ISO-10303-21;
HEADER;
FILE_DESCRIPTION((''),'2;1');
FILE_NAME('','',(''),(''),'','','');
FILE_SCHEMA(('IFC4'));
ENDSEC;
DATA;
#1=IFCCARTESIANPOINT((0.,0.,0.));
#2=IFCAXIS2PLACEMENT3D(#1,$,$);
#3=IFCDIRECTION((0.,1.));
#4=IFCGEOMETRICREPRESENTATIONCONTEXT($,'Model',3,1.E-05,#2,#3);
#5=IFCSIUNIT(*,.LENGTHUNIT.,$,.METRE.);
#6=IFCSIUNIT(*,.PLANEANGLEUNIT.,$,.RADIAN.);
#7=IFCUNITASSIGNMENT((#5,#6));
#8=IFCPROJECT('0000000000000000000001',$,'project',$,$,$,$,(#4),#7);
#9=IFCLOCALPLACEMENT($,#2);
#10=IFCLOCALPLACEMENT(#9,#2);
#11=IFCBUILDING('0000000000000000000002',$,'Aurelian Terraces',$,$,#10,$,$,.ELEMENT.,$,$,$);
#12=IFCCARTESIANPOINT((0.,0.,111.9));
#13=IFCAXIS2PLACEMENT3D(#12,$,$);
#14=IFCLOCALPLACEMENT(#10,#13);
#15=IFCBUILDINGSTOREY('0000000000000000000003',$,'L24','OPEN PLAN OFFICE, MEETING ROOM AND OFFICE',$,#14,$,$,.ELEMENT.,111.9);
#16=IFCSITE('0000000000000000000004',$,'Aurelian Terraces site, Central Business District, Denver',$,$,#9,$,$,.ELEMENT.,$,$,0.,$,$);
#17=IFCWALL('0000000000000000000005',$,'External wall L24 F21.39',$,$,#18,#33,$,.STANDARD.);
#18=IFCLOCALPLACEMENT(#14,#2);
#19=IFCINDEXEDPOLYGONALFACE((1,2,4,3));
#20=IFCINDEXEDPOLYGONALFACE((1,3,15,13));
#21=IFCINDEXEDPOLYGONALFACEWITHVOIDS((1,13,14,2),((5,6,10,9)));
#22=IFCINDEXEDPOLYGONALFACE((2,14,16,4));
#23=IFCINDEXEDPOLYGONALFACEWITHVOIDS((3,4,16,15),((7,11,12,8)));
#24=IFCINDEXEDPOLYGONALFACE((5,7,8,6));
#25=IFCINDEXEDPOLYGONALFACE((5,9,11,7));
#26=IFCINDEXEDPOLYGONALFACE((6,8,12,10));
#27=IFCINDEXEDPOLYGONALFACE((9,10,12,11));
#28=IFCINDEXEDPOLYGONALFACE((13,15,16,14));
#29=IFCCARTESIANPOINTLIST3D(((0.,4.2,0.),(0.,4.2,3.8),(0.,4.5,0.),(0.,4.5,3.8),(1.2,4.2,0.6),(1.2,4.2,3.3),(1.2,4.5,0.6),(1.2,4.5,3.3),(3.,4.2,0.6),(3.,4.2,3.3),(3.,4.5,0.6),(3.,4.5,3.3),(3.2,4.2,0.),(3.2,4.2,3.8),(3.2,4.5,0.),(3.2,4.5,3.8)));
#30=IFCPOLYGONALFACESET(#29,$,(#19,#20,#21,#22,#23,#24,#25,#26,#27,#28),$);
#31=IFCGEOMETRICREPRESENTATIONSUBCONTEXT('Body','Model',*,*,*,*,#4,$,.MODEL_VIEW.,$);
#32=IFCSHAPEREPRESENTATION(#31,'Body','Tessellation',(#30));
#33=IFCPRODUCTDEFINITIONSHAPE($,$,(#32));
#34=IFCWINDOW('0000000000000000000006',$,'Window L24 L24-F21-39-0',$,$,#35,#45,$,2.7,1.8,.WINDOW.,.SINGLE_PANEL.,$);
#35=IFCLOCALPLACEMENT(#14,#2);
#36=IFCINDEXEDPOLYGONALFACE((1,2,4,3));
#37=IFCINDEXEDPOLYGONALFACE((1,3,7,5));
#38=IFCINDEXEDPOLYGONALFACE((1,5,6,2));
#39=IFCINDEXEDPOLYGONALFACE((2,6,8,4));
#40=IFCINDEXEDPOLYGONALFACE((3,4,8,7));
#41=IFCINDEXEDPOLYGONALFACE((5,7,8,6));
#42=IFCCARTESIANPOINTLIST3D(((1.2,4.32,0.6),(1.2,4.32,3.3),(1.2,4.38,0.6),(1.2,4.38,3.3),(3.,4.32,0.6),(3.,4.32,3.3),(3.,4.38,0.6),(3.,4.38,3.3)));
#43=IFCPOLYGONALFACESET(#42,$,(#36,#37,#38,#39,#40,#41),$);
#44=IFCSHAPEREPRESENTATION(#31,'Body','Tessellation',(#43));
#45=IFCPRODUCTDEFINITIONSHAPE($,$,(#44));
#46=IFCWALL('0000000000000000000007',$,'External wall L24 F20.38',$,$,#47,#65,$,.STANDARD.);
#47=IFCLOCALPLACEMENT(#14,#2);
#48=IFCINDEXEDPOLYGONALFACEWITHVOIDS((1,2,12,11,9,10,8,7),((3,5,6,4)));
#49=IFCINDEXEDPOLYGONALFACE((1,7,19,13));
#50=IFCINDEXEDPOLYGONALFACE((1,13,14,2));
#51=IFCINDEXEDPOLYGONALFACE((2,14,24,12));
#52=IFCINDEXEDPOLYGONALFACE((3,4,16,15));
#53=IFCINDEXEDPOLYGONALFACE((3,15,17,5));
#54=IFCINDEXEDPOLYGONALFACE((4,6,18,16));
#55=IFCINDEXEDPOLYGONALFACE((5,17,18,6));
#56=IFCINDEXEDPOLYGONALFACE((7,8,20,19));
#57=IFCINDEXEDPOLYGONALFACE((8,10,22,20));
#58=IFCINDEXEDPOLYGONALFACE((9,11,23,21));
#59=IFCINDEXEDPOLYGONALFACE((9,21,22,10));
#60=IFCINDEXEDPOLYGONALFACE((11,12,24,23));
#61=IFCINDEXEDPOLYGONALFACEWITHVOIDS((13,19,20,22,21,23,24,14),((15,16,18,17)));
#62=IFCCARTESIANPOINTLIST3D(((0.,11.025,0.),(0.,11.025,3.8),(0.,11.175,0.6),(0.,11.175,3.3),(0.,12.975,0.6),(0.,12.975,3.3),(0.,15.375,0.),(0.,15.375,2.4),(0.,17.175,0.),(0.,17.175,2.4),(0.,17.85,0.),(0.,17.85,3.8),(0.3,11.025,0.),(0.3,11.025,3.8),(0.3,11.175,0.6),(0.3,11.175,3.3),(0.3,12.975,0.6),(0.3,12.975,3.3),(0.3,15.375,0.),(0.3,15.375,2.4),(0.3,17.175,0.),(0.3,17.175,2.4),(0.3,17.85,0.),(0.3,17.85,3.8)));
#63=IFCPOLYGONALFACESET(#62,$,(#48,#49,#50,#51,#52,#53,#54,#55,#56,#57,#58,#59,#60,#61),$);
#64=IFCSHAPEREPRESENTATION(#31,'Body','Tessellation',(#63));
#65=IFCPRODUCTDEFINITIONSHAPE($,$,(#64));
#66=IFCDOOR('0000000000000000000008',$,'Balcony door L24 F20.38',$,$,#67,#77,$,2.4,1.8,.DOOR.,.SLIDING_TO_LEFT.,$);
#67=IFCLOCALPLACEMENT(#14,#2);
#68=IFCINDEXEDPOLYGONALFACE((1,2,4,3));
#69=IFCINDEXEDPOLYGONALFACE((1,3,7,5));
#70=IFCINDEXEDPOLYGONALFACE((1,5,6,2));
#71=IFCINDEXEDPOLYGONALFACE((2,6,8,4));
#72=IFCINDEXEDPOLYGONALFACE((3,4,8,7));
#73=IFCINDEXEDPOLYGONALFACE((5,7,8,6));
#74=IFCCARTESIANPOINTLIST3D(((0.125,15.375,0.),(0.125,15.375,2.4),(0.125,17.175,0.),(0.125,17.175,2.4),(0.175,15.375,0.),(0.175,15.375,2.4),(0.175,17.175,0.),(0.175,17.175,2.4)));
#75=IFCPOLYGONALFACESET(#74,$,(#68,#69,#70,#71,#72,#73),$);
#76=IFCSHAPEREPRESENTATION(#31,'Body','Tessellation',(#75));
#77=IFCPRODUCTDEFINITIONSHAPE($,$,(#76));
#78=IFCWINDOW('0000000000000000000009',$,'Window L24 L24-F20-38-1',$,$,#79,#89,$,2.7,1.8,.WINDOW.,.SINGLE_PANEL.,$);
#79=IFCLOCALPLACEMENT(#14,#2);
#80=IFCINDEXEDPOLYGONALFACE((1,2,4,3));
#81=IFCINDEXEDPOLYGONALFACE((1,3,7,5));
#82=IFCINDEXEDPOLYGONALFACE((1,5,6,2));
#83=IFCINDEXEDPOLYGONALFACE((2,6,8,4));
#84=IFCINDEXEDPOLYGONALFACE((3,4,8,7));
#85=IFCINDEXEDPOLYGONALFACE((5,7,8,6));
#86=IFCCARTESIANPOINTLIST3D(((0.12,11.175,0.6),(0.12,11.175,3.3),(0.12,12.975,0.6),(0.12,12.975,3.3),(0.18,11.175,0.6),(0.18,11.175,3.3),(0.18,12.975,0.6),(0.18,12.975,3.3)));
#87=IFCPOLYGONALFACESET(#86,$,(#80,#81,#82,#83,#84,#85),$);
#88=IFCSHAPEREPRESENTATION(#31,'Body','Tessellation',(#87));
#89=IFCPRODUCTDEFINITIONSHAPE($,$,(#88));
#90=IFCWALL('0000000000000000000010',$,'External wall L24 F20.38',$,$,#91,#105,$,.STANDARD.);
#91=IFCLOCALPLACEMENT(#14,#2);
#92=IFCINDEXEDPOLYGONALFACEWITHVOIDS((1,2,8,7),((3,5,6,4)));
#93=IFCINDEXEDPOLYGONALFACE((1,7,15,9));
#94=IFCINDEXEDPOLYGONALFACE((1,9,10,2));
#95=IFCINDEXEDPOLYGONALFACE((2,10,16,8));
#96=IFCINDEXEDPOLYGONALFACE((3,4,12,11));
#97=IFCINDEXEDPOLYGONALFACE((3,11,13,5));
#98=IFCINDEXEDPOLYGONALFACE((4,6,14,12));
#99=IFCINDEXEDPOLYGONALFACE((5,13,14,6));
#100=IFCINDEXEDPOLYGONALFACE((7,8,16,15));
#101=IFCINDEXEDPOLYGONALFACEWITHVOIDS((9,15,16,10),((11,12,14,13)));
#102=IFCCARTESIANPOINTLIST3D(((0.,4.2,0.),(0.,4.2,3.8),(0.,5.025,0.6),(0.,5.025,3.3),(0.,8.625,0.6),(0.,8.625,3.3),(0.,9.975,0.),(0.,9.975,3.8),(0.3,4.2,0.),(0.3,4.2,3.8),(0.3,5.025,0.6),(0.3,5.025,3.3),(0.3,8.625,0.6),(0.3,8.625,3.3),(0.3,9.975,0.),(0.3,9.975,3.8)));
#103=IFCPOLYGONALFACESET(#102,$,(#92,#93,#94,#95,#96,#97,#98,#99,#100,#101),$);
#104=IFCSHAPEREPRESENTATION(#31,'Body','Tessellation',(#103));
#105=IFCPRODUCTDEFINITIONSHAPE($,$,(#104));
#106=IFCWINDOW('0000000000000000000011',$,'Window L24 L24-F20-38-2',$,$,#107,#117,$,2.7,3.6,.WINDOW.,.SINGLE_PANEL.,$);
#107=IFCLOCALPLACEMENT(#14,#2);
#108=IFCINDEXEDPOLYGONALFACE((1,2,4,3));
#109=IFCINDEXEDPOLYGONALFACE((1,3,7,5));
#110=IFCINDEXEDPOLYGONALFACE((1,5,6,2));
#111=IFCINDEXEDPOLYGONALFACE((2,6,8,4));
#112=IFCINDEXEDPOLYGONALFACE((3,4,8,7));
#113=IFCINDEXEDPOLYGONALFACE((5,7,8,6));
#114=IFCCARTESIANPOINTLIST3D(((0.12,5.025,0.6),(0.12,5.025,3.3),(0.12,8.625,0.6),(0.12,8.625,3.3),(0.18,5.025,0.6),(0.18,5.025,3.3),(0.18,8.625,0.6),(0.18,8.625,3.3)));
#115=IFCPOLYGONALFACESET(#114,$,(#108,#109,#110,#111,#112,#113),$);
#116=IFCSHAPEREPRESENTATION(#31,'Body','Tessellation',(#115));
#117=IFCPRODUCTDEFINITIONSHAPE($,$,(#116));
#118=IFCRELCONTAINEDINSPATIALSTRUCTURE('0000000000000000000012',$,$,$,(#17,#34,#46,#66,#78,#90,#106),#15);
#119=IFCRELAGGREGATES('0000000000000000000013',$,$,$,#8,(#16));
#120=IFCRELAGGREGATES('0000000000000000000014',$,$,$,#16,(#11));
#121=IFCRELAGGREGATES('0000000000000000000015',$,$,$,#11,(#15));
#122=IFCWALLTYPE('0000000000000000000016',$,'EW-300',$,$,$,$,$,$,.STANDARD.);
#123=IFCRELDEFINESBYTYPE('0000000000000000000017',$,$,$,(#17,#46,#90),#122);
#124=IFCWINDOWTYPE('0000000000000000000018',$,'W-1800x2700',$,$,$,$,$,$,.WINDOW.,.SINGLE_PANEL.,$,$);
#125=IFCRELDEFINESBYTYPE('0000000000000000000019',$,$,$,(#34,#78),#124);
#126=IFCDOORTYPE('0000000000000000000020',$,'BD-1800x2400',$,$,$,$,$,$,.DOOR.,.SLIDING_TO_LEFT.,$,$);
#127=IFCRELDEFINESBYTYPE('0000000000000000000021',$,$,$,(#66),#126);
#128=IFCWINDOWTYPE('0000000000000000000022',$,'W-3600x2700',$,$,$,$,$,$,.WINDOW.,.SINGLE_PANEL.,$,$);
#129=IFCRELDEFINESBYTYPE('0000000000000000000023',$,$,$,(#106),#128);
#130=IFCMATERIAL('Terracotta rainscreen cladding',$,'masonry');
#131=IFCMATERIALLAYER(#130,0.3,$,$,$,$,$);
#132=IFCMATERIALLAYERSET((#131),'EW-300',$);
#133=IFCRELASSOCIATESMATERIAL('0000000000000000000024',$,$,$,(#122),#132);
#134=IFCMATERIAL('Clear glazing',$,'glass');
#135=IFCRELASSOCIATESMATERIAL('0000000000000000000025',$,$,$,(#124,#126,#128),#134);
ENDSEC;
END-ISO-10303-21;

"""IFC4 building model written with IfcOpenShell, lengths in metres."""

from ifc_helpers import new_model, si_unit, direction, frame, frame_2d, origin, place, context, subcontext, project, spatial, rectangle, extrude, source, transform, mapped, material, layer, layer_set, type_object, element, fill, save


model = new_model("IFC4")

# Units and contexts
model_context = context("Model", 3, precision=1e-05, world=origin(), true_north=direction((0.0, 1.0)))
body_context = subcontext(model_context, "Body", "Model", "MODEL_VIEW")
ifc_project = project(units=[si_unit("LENGTHUNIT", "METRE"), si_unit("PLANEANGLEUNIT", "RADIAN")], contexts=[model_context])

# Site, building, storey
site_placement = place(None, origin())
site = spatial("IfcSite", under=ifc_project, at=site_placement, Name="Aurelian Terraces site, Central Business District, Denver", CompositionType="ELEMENT", RefElevation=0.0)
building_placement = place(site_placement, origin())
building = spatial("IfcBuilding", under=site, at=building_placement, Name="Aurelian Terraces", CompositionType="ELEMENT")
storey_placement = place(building_placement, frame((0.0, 0.0, 111.9)))
storey = spatial("IfcBuildingStorey", under=building, at=storey_placement, Name="L24", Description="OPEN PLAN OFFICE, MEETING ROOM AND OFFICE", CompositionType="ELEMENT", Elevation=111.9)

# Wall, opening, window
ifc_material_1 = material(Name="Terracotta rainscreen cladding", Category="masonry")
ifc_layer_1 = layer(ifc_material_1, 0.3)
ifc_layer_set_1 = layer_set([ifc_layer_1], Name="EW-300")
wall_type_1 = type_object("IfcWallType", Name="EW-300", PredefinedType="STANDARD", material=ifc_layer_set_1)
shared_shape_1 = source(origin(), body_context, "Body", "SweptSolid", [
    extrude(rectangle(XDim=3.2, YDim=0.3, at=frame_2d((1.6, 0.0))), origin(), (0.0, 0.0, 1.0), 3.8),
])
wall_1_placement = place(storey_placement, frame((0.0, 4.35, 0.0), z_axis=(0.0, 0.0, 1.0), x_axis=(1.0, 0.0, 0.0)))
wall_1 = element("IfcWall", 1, at=wall_1_placement, inside=storey, type_object=wall_type_1, Name="External wall L24 F21.39", PredefinedType="STANDARD", context=body_context, shape_type="MappedRepresentation", body=[
    mapped(shared_shape_1, transform((0.0, 0.0, 0.0), scale=1.0)),
])
shared_shape_2 = source(origin(), body_context, "Body", "SweptSolid", [
    extrude(rectangle(XDim=1.8, YDim=2.7, at=frame_2d((0.9, 1.35))), frame((0.0, 0.16, 0.0), z_axis=(0.0, -1.0, 0.0), x_axis=(1.0, 0.0, 0.0)), (0.0, 0.0, 1.0), 0.32),
])
opening_1_placement = place(wall_1_placement, frame((1.2, 0.0, 0.6)))
opening_1 = element("IfcOpeningElement", 2, at=opening_1_placement, cuts=wall_1, PredefinedType="OPENING", context=body_context, shape_type="MappedRepresentation", body=[
    mapped(shared_shape_2, transform((0.0, 0.0, 0.0), scale=1.0)),
])
ifc_material_2 = material(Name="Clear glazing", Category="glass")
window_type_1 = type_object("IfcWindowType", Name="W-1800x2700", PartitioningType="SINGLE_PANEL", PredefinedType="WINDOW", material=ifc_material_2)
shared_shape_3 = source(origin(), body_context, "Body", "SweptSolid", [
    extrude(rectangle(XDim=1.8, YDim=2.7, at=frame_2d((0.9, 1.35))), frame((0.0, 0.03, 0.0), z_axis=(0.0, -1.0, 0.0), x_axis=(1.0, 0.0, 0.0)), (0.0, 0.0, 1.0), 0.06),
])
window_1_placement = place(opening_1_placement, origin())
window_1 = element("IfcWindow", 3, at=window_1_placement, inside=storey, type_object=window_type_1, Name="Window L24 L24-F21-39-0", OverallHeight=2.7, OverallWidth=1.8, PartitioningType="SINGLE_PANEL", PredefinedType="WINDOW", context=body_context, shape_type="MappedRepresentation", body=[
    mapped(shared_shape_3, transform((0.0, 0.0, 0.0), scale=1.0)),
])
fill(opening_1, window_1)

# Wall, openings, door, window
shared_shape_4 = source(origin(), body_context, "Body", "SweptSolid", [
    extrude(rectangle(XDim=6.825, YDim=0.3, at=frame_2d((3.4125, 0.0))), origin(), (0.0, 0.0, 1.0), 3.8),
])
wall_2_placement = place(storey_placement, frame((0.15, 17.85, 0.0), z_axis=(0.0, 0.0, 1.0), x_axis=(0.0, -1.0, 0.0)))
wall_2 = element("IfcWall", 4, at=wall_2_placement, inside=storey, type_object=wall_type_1, Name="External wall L24 F20.38", PredefinedType="STANDARD", context=body_context, shape_type="MappedRepresentation", body=[
    mapped(shared_shape_4, transform((0.0, 0.0, 0.0), scale=1.0)),
])
shared_shape_5 = source(origin(), body_context, "Body", "SweptSolid", [
    extrude(rectangle(XDim=1.8, YDim=2.4, at=frame_2d((0.9, 1.2))), frame((0.0, 0.16, 0.0), z_axis=(0.0, -1.0, 0.0), x_axis=(1.0, 0.0, 0.0)), (0.0, 0.0, 1.0), 0.32),
])
opening_2_placement = place(wall_2_placement, frame((0.675, 0.0, 0.0)))
opening_2 = element("IfcOpeningElement", 5, at=opening_2_placement, cuts=wall_2, PredefinedType="OPENING", context=body_context, shape_type="MappedRepresentation", body=[
    mapped(shared_shape_5, transform((0.0, 0.0, 0.0), scale=1.0)),
])
opening_3_placement = place(wall_2_placement, frame((4.875, 0.0, 0.6)))
opening_3 = element("IfcOpeningElement", 6, at=opening_3_placement, cuts=wall_2, PredefinedType="OPENING", context=body_context, shape_type="MappedRepresentation", body=[
    mapped(shared_shape_2, transform((0.0, 0.0, 0.0), scale=1.0)),
])
door_type_1 = type_object("IfcDoorType", Name="BD-1800x2400", OperationType="SLIDING_TO_LEFT", PredefinedType="DOOR", material=ifc_material_2)
shared_shape_6 = source(origin(), body_context, "Body", "SweptSolid", [
    extrude(rectangle(XDim=1.8, YDim=2.4, at=frame_2d((0.9, 1.2))), frame((0.0, 0.025, 0.0), z_axis=(0.0, -1.0, 0.0), x_axis=(1.0, 0.0, 0.0)), (0.0, 0.0, 1.0), 0.05),
])
door_1_placement = place(opening_2_placement, origin())
door_1 = element("IfcDoor", 7, at=door_1_placement, inside=storey, type_object=door_type_1, Name="Balcony door L24 F20.38", OperationType="SLIDING_TO_LEFT", OverallHeight=2.4, OverallWidth=1.8, PredefinedType="DOOR", context=body_context, shape_type="MappedRepresentation", body=[
    mapped(shared_shape_6, transform((0.0, 0.0, 0.0), scale=1.0)),
])
fill(opening_2, door_1)
window_2_placement = place(opening_3_placement, origin())
window_2 = element("IfcWindow", 8, at=window_2_placement, inside=storey, type_object=window_type_1, Name="Window L24 L24-F20-38-1", OverallHeight=2.7, OverallWidth=1.8, PartitioningType="SINGLE_PANEL", PredefinedType="WINDOW", context=body_context, shape_type="MappedRepresentation", body=[
    mapped(shared_shape_3, transform((0.0, 0.0, 0.0), scale=1.0)),
])
fill(opening_3, window_2)

# Wall, opening, window
shared_shape_7 = source(origin(), body_context, "Body", "SweptSolid", [
    extrude(rectangle(XDim=5.775, YDim=0.3, at=frame_2d((2.8875, 0.0))), origin(), (0.0, 0.0, 1.0), 3.8),
])
wall_3_placement = place(storey_placement, frame((0.15, 9.975, 0.0), z_axis=(0.0, 0.0, 1.0), x_axis=(0.0, -1.0, 0.0)))
wall_3 = element("IfcWall", 9, at=wall_3_placement, inside=storey, type_object=wall_type_1, Name="External wall L24 F20.38", PredefinedType="STANDARD", context=body_context, shape_type="MappedRepresentation", body=[
    mapped(shared_shape_7, transform((0.0, 0.0, 0.0), scale=1.0)),
])
shared_shape_8 = source(origin(), body_context, "Body", "SweptSolid", [
    extrude(rectangle(XDim=3.6, YDim=2.7, at=frame_2d((1.8, 1.35))), frame((0.0, 0.16, 0.0), z_axis=(0.0, -1.0, 0.0), x_axis=(1.0, 0.0, 0.0)), (0.0, 0.0, 1.0), 0.32),
])
opening_4_placement = place(wall_3_placement, frame((1.35, 0.0, 0.6)))
opening_4 = element("IfcOpeningElement", 10, at=opening_4_placement, cuts=wall_3, PredefinedType="OPENING", context=body_context, shape_type="MappedRepresentation", body=[
    mapped(shared_shape_8, transform((0.0, 0.0, 0.0), scale=1.0)),
])
window_type_2 = type_object("IfcWindowType", Name="W-3600x2700", PartitioningType="SINGLE_PANEL", PredefinedType="WINDOW", material=ifc_material_2)
shared_shape_9 = source(origin(), body_context, "Body", "SweptSolid", [
    extrude(rectangle(XDim=3.6, YDim=2.7, at=frame_2d((1.8, 1.35))), frame((0.0, 0.03, 0.0), z_axis=(0.0, -1.0, 0.0), x_axis=(1.0, 0.0, 0.0)), (0.0, 0.0, 1.0), 0.06),
])
window_3_placement = place(opening_4_placement, origin())
window_3 = element("IfcWindow", 11, at=window_3_placement, inside=storey, type_object=window_type_2, Name="Window L24 L24-F20-38-2", OverallHeight=2.7, OverallWidth=3.6, PartitioningType="SINGLE_PANEL", PredefinedType="WINDOW", context=body_context, shape_type="MappedRepresentation", body=[
    mapped(shared_shape_9, transform((0.0, 0.0, 0.0), scale=1.0)),
])
fill(opening_4, window_3)

save(model, "model.ifc")
